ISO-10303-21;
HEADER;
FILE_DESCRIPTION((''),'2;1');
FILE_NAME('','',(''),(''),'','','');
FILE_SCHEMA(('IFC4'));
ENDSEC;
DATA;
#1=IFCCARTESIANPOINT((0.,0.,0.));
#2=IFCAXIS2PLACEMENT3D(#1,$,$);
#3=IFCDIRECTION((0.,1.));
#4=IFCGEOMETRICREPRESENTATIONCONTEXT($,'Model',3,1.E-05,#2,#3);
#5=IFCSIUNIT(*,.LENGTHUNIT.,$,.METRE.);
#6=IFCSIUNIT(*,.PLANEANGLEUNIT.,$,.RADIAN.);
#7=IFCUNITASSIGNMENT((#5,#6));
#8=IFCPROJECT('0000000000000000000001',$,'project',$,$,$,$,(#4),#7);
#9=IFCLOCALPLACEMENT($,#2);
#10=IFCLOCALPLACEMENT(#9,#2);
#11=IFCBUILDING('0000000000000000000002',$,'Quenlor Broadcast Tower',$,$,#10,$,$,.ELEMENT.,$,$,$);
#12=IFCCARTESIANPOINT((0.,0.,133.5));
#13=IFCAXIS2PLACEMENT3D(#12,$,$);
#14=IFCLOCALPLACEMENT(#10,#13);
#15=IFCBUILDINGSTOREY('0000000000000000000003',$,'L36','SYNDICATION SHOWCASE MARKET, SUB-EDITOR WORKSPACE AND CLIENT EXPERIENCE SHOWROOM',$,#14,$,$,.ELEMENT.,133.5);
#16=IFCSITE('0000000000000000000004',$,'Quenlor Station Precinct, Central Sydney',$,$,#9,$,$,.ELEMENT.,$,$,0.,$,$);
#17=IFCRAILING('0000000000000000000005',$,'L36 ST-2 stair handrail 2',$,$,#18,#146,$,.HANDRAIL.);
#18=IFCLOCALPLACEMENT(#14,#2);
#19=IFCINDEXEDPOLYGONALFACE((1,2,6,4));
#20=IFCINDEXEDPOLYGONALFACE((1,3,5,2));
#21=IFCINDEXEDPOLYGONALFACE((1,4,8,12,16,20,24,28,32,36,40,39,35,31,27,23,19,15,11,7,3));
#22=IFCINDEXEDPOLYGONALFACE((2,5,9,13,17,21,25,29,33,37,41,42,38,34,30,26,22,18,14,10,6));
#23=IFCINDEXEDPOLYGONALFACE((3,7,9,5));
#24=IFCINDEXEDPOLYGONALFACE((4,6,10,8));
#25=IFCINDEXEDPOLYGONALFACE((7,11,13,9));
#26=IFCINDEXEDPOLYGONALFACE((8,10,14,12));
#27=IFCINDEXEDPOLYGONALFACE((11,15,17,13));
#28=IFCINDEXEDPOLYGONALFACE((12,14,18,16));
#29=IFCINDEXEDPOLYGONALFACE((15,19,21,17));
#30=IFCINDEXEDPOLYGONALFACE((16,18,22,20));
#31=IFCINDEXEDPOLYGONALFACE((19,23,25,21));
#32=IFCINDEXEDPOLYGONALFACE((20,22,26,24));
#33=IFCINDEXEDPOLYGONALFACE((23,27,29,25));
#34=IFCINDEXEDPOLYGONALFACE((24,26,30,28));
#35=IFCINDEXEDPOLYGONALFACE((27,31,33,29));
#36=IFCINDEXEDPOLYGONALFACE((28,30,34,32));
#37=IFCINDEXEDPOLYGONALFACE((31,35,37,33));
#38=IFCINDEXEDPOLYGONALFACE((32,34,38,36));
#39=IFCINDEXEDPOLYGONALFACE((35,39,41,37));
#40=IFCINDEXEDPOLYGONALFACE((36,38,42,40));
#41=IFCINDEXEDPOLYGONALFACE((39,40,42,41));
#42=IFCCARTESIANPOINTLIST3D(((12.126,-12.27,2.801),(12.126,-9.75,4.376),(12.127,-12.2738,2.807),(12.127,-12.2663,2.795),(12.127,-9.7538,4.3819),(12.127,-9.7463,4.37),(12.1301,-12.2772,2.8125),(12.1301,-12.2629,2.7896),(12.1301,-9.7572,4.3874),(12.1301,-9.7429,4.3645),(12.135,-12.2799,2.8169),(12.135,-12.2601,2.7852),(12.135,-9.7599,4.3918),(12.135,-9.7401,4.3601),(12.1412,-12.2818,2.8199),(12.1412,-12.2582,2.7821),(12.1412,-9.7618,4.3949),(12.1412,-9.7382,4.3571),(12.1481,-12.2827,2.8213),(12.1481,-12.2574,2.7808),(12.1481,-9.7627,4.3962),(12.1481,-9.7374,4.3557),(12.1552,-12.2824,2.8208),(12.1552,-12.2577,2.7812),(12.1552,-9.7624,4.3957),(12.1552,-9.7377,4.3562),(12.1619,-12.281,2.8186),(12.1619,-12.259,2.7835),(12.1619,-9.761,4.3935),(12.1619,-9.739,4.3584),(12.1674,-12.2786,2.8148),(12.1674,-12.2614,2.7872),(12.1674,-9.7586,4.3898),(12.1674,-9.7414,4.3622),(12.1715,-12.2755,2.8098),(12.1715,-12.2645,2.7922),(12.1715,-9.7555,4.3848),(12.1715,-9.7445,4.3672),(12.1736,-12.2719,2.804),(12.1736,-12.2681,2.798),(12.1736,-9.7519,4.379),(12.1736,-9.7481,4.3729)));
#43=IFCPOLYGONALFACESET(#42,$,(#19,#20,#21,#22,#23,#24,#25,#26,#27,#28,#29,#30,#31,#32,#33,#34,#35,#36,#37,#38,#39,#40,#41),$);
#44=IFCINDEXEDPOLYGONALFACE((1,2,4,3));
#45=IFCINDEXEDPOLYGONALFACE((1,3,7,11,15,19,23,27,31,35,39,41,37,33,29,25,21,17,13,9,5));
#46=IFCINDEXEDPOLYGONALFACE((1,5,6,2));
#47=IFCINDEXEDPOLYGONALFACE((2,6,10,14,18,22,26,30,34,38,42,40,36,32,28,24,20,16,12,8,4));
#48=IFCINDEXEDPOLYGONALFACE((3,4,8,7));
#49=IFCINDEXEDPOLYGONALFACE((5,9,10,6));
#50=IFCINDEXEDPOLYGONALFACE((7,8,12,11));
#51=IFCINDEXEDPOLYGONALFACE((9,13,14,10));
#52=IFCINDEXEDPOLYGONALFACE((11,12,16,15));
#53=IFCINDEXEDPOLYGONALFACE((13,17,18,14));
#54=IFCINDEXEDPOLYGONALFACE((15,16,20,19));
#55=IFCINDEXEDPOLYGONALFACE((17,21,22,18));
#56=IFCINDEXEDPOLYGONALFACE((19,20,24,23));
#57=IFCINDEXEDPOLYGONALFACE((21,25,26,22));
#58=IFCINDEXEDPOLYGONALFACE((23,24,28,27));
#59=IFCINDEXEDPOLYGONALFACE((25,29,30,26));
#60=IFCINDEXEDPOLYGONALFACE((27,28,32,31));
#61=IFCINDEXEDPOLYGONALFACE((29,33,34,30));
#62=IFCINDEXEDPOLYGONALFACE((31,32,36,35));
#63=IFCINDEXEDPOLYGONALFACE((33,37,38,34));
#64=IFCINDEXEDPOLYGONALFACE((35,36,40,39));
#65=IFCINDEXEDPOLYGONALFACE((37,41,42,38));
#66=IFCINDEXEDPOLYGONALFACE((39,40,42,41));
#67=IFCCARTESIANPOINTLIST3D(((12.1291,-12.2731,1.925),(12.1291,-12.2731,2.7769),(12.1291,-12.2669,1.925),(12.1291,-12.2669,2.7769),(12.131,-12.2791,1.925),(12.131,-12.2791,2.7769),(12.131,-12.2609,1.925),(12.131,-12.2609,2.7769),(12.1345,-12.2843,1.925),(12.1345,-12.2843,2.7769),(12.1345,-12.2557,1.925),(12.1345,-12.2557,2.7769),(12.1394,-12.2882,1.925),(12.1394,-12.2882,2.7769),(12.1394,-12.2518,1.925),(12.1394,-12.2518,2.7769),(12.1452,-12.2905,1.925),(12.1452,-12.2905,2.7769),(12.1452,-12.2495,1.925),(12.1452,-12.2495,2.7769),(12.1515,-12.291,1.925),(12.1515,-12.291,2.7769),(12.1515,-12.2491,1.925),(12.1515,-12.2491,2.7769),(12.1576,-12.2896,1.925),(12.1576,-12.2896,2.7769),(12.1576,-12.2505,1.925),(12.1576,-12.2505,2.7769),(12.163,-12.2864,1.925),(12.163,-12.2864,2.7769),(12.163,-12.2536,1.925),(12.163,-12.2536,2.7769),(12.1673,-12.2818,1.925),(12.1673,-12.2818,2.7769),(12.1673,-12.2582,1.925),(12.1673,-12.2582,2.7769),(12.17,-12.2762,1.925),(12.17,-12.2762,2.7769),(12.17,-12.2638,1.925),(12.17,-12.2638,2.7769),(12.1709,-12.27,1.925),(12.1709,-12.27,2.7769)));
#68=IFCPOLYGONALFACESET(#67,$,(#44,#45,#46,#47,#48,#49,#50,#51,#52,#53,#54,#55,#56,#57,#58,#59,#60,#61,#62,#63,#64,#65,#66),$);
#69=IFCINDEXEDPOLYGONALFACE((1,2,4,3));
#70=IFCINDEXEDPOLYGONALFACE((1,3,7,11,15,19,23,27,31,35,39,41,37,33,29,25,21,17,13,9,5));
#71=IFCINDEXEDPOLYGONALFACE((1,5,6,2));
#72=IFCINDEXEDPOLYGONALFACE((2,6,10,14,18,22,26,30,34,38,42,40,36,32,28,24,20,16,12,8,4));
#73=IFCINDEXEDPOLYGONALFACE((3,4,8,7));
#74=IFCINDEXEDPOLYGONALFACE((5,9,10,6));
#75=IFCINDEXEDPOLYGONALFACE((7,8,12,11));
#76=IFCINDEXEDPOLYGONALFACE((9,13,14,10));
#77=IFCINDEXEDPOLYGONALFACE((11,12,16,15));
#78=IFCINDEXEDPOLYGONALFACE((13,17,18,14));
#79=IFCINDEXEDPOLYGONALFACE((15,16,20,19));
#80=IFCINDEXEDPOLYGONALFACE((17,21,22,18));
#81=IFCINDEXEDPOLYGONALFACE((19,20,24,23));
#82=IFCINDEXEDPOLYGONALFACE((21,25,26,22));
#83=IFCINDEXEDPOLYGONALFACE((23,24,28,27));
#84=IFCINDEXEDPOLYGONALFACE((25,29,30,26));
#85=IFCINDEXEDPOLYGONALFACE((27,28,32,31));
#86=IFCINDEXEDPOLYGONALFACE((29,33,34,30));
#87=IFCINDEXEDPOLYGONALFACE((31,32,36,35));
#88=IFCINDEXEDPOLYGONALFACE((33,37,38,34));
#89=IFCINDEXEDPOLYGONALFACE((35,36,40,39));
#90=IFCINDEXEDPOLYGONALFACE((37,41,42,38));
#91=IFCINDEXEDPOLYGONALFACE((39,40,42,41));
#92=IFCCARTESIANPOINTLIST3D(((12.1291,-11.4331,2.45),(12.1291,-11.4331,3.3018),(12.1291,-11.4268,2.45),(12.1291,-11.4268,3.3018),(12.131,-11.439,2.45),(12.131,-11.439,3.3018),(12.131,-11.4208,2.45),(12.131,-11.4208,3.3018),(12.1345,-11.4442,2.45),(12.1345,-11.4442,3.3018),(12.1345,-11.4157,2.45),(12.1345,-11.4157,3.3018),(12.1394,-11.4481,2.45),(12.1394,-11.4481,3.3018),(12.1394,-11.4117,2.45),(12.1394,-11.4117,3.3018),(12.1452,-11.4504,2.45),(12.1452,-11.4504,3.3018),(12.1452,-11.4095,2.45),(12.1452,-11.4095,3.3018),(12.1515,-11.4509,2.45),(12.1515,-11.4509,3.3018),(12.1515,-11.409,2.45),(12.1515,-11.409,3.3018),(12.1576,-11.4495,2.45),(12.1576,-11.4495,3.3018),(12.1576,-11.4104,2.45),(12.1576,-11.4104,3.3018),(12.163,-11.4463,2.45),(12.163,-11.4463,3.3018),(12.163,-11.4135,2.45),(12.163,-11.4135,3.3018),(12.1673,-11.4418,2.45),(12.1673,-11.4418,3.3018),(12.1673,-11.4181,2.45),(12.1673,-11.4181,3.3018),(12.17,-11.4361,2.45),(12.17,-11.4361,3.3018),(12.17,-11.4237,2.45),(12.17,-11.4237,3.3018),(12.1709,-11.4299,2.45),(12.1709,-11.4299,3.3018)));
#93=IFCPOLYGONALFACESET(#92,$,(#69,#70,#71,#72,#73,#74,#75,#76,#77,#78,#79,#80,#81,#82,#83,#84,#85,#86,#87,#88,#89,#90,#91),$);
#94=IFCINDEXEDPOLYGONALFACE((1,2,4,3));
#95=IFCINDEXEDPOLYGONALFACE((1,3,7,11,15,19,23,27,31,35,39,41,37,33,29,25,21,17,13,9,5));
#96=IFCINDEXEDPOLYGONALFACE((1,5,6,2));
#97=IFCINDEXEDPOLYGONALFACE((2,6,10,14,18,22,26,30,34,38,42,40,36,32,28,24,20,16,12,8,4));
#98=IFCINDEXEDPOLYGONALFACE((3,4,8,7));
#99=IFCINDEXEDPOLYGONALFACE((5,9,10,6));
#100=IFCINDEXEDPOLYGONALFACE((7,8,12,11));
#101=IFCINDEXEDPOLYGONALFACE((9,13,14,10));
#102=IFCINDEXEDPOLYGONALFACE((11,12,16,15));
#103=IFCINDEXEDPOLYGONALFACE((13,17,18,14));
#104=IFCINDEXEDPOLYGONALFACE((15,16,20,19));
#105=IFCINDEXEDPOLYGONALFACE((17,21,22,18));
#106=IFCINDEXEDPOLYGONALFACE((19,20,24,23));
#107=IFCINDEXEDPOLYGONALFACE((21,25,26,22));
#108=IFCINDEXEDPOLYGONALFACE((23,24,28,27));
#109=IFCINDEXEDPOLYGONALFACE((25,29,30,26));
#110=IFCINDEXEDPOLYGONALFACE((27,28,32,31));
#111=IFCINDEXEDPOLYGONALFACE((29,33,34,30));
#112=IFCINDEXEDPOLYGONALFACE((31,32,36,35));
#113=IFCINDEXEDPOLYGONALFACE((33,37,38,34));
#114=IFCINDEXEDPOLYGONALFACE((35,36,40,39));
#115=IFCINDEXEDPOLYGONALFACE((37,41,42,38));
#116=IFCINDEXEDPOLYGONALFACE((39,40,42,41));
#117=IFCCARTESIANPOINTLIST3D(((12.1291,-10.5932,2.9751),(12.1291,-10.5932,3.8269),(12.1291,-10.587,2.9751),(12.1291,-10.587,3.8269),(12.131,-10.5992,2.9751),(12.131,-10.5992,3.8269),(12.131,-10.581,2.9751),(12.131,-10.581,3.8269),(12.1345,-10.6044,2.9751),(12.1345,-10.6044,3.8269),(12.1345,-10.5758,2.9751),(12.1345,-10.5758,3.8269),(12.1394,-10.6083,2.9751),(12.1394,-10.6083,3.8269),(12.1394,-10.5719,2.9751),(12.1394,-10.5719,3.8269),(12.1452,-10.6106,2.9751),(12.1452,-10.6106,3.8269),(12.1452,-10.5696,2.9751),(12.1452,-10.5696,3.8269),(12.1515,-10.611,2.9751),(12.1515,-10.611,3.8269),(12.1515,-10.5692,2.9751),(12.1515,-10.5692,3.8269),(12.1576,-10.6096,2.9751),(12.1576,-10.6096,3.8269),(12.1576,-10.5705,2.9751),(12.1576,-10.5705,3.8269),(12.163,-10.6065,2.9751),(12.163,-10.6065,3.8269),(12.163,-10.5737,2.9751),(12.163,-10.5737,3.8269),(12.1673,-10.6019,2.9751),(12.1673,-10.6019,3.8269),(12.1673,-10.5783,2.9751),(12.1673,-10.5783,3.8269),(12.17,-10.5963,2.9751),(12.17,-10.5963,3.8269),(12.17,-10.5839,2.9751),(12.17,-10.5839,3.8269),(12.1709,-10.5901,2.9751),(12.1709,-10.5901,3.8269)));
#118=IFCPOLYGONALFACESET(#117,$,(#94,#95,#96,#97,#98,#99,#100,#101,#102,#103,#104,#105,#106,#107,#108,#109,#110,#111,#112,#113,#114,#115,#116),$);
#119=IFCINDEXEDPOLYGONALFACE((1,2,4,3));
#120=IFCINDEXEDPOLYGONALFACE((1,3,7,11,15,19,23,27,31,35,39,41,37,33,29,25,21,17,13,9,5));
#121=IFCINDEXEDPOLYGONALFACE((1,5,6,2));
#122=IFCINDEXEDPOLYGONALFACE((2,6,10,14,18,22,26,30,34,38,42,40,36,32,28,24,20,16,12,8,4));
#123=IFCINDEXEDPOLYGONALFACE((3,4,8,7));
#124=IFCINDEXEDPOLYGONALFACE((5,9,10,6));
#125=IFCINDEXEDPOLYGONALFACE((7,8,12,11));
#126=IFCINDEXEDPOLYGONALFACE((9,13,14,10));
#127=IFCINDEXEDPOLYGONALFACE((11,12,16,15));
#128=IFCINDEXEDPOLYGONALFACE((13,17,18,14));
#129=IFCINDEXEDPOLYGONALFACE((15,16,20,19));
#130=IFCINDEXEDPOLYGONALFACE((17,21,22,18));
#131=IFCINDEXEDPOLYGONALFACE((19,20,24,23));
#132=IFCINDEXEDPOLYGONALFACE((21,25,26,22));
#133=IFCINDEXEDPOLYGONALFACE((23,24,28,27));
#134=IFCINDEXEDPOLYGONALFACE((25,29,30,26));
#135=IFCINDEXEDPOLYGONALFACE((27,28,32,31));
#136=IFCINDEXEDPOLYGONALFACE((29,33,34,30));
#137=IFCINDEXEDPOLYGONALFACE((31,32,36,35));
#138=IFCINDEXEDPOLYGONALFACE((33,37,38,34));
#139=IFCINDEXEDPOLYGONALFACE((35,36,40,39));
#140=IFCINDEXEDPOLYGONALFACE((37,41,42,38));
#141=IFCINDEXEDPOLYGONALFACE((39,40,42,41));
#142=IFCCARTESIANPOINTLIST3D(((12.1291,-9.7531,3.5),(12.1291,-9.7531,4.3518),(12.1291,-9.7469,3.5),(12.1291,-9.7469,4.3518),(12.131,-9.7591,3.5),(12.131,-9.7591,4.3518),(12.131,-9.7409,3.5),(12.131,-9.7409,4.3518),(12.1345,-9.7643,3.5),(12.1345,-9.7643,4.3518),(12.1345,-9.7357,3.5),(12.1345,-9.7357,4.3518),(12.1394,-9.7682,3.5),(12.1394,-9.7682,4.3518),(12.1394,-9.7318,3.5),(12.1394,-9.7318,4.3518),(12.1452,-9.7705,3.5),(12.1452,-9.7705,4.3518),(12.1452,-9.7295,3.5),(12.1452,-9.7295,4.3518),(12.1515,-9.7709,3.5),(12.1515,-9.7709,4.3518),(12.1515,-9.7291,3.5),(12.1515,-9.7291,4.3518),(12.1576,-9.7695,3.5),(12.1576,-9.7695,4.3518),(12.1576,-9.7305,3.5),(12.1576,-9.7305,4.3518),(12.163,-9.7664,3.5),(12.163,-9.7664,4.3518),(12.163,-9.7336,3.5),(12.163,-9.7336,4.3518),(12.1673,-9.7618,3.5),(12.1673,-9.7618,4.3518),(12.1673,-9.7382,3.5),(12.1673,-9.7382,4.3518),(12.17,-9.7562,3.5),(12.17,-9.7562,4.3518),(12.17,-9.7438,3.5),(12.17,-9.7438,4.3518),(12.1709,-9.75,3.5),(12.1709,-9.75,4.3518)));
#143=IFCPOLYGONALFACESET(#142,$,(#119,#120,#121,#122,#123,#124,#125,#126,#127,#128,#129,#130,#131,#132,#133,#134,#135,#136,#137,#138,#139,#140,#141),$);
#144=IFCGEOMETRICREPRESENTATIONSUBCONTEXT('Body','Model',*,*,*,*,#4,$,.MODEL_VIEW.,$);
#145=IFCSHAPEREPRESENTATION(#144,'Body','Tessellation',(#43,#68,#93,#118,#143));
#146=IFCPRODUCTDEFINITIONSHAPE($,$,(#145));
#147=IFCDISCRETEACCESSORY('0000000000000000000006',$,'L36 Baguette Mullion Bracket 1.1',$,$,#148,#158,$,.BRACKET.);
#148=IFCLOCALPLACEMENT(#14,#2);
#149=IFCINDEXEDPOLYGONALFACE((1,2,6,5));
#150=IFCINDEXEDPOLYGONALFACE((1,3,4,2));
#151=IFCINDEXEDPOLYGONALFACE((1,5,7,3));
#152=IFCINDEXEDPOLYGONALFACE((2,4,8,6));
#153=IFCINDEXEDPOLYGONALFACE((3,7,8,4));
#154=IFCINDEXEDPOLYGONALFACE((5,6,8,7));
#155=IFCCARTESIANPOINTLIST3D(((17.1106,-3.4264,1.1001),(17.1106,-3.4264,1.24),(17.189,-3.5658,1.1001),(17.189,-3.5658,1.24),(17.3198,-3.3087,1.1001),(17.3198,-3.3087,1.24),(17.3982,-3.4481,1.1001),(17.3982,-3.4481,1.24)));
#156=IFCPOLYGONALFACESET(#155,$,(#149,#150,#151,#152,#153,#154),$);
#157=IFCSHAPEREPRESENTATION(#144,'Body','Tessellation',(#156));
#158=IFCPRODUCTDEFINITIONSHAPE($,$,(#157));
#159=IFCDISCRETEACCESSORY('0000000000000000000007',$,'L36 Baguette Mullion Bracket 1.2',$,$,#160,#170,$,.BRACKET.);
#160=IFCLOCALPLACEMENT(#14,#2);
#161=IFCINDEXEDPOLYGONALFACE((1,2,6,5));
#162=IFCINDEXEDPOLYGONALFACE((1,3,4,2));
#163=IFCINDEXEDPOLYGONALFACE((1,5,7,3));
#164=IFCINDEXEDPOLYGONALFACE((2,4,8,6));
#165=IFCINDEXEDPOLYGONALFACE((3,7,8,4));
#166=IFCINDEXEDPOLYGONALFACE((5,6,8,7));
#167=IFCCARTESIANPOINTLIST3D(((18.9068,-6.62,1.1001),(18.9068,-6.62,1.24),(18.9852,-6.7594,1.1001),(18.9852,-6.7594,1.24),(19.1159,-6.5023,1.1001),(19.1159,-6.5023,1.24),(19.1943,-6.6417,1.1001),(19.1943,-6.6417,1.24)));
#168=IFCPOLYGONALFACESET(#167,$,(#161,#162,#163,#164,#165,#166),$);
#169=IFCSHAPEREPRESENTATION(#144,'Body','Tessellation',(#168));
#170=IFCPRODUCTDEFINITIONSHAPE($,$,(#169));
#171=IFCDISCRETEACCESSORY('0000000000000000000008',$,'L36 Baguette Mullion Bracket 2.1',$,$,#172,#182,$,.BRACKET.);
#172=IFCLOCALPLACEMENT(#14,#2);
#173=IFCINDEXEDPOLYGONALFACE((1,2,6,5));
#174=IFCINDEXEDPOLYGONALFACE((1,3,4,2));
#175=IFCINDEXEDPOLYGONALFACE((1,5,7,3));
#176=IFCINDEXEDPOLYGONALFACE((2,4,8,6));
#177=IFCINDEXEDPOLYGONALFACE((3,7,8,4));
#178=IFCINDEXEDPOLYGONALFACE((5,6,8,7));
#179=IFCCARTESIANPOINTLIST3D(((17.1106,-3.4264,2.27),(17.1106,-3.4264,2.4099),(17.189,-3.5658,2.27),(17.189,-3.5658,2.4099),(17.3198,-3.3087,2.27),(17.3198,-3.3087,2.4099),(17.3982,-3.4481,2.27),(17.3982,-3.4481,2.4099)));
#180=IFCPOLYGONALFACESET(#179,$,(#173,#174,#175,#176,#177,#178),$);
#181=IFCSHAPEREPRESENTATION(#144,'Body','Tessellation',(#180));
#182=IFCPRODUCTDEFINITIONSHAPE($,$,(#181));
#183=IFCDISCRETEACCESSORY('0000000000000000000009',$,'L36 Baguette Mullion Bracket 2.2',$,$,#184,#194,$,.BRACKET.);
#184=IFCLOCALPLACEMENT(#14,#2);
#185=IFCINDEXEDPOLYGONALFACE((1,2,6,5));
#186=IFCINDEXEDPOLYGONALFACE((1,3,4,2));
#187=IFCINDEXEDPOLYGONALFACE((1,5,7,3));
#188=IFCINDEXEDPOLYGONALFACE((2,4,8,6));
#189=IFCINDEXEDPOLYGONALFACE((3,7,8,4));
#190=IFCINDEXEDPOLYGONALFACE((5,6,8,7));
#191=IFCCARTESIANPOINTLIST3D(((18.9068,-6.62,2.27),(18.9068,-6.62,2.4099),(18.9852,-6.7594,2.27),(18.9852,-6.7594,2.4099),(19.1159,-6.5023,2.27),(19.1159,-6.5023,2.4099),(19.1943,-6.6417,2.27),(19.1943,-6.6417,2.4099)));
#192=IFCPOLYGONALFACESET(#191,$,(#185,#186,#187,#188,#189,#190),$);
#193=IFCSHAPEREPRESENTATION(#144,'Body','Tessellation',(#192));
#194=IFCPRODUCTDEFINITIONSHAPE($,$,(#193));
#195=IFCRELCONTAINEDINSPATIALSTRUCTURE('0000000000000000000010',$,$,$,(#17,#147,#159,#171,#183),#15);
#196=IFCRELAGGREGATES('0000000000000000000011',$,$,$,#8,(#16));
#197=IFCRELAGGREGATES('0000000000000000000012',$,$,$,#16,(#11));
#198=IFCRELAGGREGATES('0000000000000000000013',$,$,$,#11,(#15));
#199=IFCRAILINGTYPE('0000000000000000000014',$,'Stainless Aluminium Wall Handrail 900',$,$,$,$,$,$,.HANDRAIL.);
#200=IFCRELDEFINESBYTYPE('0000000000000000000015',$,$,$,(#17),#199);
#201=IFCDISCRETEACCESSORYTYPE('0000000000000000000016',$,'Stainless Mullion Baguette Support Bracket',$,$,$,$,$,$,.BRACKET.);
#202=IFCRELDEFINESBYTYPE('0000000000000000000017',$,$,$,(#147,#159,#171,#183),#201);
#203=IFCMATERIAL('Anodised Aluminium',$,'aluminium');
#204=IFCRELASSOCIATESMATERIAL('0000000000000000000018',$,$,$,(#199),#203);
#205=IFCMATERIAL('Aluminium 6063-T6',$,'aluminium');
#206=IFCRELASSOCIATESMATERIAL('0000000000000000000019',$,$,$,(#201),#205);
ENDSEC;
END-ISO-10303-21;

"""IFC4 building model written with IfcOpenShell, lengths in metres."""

from ifc_helpers import new_model, si_unit, direction, frame, origin, origin_2d, place, context, subcontext, project, spatial, rectangle, circle, extrude, material, type_object, element, save


model = new_model("IFC4")

# Units and contexts
model_context = context("Model", 3, precision=1e-05, world=origin(), true_north=direction((0.0, 1.0)))
body_context = subcontext(model_context, "Body", "Model", "MODEL_VIEW")
ifc_project = project(units=[si_unit("LENGTHUNIT", "METRE"), si_unit("PLANEANGLEUNIT", "RADIAN")], contexts=[model_context])

# Site, building, storey
site_placement = place(None, origin())
site = spatial("IfcSite", under=ifc_project, at=site_placement, Name="Quenlor Station Precinct, Central Sydney", CompositionType="ELEMENT", RefElevation=0.0)
building_placement = place(site_placement, origin())
building = spatial("IfcBuilding", under=site, at=building_placement, Name="Quenlor Broadcast Tower", CompositionType="ELEMENT")
storey_placement = place(building_placement, frame((0.0, 0.0, 133.5)))
storey = spatial("IfcBuildingStorey", under=building, at=storey_placement, Name="L36", Description="SYNDICATION SHOWCASE MARKET, SUB-EDITOR WORKSPACE AND CLIENT EXPERIENCE SHOWROOM", CompositionType="ELEMENT", Elevation=133.5)

# Railing
ifc_material_1 = material(Name="Anodised Aluminium", Category="aluminium")
railing_type = type_object("IfcRailingType", Name="Stainless Aluminium Wall Handrail 900", PredefinedType="HANDRAIL", material=ifc_material_1)
railing_placement = place(storey_placement, frame((12.1499, -12.27, 1.925)))
element("IfcRailing", 1, at=railing_placement, inside=storey, type_object=railing_type, Name="L36 ST-2 stair handrail 2", PredefinedType="HANDRAIL", context=body_context, shape_type="SweptSolid", body=[
    extrude(circle(Radius=0.0239, at=origin_2d()), frame((0.0, 0.0, 0.876), z_axis=(0.0, 0.848008, 0.529984), x_axis=(-1.0, 0.0, 0.0)), (0.0, 0.0, 1.0), 2.9717),
    extrude(circle(Radius=0.021, at=origin_2d()), origin(), (0.0, 0.0, 1.0), 0.8518),
    extrude(circle(Radius=0.021, at=origin_2d()), frame((0.0, 0.8401, 0.5249)), (0.0, 0.0, 1.0), 0.8518),
    extrude(circle(Radius=0.021, at=origin_2d()), frame((0.0, 1.6799, 1.05)), (0.0, 0.0, 1.0), 0.8518),
    extrude(circle(Radius=0.021, at=origin_2d()), frame((0.0, 2.52, 1.575)), (0.0, 0.0, 1.0), 0.8518),
])

# Discrete accessories
ifc_material_2 = material(Name="Aluminium 6063-T6", Category="aluminium")
discrete_accessory_type = type_object("IfcDiscreteAccessoryType", Name="Stainless Mullion Baguette Support Bracket", PredefinedType="BRACKET", material=ifc_material_2)
for number, where, z_axis, x_axis, name in (
    (2, (17.2544, -3.4373, 1.1001), (0.0, 0.0, 1.0), (0.490259, -0.871577, 0.0), "L36 Baguette Mullion Bracket 1.1"),
    (3, (19.0505, -6.6309, 1.1001), (0.0, 0.0, 1.0), (0.490259, -0.871577, 0.0), "L36 Baguette Mullion Bracket 1.2"),
    (4, (17.2544, -3.4373, 2.27), (0.0, 0.0, 1.0), (0.490259, -0.871577, 0.0), "L36 Baguette Mullion Bracket 2.1"),
    (5, (19.0505, -6.6309, 2.27), (0.0, 0.0, 1.0), (0.490259, -0.871577, 0.0), "L36 Baguette Mullion Bracket 2.2"),
):
    element("IfcDiscreteAccessory", number, at=place(storey_placement, frame(where, z_axis=z_axis, x_axis=x_axis)), inside=storey, type_object=discrete_accessory_type, Name=name, PredefinedType="BRACKET", context=body_context, shape_type="SweptSolid", body=[
        extrude(rectangle(XDim=0.1599, YDim=0.24, at=origin_2d()), origin(), (0.0, 0.0, 1.0), 0.1399),
    ])

save(model, "model.ifc")
